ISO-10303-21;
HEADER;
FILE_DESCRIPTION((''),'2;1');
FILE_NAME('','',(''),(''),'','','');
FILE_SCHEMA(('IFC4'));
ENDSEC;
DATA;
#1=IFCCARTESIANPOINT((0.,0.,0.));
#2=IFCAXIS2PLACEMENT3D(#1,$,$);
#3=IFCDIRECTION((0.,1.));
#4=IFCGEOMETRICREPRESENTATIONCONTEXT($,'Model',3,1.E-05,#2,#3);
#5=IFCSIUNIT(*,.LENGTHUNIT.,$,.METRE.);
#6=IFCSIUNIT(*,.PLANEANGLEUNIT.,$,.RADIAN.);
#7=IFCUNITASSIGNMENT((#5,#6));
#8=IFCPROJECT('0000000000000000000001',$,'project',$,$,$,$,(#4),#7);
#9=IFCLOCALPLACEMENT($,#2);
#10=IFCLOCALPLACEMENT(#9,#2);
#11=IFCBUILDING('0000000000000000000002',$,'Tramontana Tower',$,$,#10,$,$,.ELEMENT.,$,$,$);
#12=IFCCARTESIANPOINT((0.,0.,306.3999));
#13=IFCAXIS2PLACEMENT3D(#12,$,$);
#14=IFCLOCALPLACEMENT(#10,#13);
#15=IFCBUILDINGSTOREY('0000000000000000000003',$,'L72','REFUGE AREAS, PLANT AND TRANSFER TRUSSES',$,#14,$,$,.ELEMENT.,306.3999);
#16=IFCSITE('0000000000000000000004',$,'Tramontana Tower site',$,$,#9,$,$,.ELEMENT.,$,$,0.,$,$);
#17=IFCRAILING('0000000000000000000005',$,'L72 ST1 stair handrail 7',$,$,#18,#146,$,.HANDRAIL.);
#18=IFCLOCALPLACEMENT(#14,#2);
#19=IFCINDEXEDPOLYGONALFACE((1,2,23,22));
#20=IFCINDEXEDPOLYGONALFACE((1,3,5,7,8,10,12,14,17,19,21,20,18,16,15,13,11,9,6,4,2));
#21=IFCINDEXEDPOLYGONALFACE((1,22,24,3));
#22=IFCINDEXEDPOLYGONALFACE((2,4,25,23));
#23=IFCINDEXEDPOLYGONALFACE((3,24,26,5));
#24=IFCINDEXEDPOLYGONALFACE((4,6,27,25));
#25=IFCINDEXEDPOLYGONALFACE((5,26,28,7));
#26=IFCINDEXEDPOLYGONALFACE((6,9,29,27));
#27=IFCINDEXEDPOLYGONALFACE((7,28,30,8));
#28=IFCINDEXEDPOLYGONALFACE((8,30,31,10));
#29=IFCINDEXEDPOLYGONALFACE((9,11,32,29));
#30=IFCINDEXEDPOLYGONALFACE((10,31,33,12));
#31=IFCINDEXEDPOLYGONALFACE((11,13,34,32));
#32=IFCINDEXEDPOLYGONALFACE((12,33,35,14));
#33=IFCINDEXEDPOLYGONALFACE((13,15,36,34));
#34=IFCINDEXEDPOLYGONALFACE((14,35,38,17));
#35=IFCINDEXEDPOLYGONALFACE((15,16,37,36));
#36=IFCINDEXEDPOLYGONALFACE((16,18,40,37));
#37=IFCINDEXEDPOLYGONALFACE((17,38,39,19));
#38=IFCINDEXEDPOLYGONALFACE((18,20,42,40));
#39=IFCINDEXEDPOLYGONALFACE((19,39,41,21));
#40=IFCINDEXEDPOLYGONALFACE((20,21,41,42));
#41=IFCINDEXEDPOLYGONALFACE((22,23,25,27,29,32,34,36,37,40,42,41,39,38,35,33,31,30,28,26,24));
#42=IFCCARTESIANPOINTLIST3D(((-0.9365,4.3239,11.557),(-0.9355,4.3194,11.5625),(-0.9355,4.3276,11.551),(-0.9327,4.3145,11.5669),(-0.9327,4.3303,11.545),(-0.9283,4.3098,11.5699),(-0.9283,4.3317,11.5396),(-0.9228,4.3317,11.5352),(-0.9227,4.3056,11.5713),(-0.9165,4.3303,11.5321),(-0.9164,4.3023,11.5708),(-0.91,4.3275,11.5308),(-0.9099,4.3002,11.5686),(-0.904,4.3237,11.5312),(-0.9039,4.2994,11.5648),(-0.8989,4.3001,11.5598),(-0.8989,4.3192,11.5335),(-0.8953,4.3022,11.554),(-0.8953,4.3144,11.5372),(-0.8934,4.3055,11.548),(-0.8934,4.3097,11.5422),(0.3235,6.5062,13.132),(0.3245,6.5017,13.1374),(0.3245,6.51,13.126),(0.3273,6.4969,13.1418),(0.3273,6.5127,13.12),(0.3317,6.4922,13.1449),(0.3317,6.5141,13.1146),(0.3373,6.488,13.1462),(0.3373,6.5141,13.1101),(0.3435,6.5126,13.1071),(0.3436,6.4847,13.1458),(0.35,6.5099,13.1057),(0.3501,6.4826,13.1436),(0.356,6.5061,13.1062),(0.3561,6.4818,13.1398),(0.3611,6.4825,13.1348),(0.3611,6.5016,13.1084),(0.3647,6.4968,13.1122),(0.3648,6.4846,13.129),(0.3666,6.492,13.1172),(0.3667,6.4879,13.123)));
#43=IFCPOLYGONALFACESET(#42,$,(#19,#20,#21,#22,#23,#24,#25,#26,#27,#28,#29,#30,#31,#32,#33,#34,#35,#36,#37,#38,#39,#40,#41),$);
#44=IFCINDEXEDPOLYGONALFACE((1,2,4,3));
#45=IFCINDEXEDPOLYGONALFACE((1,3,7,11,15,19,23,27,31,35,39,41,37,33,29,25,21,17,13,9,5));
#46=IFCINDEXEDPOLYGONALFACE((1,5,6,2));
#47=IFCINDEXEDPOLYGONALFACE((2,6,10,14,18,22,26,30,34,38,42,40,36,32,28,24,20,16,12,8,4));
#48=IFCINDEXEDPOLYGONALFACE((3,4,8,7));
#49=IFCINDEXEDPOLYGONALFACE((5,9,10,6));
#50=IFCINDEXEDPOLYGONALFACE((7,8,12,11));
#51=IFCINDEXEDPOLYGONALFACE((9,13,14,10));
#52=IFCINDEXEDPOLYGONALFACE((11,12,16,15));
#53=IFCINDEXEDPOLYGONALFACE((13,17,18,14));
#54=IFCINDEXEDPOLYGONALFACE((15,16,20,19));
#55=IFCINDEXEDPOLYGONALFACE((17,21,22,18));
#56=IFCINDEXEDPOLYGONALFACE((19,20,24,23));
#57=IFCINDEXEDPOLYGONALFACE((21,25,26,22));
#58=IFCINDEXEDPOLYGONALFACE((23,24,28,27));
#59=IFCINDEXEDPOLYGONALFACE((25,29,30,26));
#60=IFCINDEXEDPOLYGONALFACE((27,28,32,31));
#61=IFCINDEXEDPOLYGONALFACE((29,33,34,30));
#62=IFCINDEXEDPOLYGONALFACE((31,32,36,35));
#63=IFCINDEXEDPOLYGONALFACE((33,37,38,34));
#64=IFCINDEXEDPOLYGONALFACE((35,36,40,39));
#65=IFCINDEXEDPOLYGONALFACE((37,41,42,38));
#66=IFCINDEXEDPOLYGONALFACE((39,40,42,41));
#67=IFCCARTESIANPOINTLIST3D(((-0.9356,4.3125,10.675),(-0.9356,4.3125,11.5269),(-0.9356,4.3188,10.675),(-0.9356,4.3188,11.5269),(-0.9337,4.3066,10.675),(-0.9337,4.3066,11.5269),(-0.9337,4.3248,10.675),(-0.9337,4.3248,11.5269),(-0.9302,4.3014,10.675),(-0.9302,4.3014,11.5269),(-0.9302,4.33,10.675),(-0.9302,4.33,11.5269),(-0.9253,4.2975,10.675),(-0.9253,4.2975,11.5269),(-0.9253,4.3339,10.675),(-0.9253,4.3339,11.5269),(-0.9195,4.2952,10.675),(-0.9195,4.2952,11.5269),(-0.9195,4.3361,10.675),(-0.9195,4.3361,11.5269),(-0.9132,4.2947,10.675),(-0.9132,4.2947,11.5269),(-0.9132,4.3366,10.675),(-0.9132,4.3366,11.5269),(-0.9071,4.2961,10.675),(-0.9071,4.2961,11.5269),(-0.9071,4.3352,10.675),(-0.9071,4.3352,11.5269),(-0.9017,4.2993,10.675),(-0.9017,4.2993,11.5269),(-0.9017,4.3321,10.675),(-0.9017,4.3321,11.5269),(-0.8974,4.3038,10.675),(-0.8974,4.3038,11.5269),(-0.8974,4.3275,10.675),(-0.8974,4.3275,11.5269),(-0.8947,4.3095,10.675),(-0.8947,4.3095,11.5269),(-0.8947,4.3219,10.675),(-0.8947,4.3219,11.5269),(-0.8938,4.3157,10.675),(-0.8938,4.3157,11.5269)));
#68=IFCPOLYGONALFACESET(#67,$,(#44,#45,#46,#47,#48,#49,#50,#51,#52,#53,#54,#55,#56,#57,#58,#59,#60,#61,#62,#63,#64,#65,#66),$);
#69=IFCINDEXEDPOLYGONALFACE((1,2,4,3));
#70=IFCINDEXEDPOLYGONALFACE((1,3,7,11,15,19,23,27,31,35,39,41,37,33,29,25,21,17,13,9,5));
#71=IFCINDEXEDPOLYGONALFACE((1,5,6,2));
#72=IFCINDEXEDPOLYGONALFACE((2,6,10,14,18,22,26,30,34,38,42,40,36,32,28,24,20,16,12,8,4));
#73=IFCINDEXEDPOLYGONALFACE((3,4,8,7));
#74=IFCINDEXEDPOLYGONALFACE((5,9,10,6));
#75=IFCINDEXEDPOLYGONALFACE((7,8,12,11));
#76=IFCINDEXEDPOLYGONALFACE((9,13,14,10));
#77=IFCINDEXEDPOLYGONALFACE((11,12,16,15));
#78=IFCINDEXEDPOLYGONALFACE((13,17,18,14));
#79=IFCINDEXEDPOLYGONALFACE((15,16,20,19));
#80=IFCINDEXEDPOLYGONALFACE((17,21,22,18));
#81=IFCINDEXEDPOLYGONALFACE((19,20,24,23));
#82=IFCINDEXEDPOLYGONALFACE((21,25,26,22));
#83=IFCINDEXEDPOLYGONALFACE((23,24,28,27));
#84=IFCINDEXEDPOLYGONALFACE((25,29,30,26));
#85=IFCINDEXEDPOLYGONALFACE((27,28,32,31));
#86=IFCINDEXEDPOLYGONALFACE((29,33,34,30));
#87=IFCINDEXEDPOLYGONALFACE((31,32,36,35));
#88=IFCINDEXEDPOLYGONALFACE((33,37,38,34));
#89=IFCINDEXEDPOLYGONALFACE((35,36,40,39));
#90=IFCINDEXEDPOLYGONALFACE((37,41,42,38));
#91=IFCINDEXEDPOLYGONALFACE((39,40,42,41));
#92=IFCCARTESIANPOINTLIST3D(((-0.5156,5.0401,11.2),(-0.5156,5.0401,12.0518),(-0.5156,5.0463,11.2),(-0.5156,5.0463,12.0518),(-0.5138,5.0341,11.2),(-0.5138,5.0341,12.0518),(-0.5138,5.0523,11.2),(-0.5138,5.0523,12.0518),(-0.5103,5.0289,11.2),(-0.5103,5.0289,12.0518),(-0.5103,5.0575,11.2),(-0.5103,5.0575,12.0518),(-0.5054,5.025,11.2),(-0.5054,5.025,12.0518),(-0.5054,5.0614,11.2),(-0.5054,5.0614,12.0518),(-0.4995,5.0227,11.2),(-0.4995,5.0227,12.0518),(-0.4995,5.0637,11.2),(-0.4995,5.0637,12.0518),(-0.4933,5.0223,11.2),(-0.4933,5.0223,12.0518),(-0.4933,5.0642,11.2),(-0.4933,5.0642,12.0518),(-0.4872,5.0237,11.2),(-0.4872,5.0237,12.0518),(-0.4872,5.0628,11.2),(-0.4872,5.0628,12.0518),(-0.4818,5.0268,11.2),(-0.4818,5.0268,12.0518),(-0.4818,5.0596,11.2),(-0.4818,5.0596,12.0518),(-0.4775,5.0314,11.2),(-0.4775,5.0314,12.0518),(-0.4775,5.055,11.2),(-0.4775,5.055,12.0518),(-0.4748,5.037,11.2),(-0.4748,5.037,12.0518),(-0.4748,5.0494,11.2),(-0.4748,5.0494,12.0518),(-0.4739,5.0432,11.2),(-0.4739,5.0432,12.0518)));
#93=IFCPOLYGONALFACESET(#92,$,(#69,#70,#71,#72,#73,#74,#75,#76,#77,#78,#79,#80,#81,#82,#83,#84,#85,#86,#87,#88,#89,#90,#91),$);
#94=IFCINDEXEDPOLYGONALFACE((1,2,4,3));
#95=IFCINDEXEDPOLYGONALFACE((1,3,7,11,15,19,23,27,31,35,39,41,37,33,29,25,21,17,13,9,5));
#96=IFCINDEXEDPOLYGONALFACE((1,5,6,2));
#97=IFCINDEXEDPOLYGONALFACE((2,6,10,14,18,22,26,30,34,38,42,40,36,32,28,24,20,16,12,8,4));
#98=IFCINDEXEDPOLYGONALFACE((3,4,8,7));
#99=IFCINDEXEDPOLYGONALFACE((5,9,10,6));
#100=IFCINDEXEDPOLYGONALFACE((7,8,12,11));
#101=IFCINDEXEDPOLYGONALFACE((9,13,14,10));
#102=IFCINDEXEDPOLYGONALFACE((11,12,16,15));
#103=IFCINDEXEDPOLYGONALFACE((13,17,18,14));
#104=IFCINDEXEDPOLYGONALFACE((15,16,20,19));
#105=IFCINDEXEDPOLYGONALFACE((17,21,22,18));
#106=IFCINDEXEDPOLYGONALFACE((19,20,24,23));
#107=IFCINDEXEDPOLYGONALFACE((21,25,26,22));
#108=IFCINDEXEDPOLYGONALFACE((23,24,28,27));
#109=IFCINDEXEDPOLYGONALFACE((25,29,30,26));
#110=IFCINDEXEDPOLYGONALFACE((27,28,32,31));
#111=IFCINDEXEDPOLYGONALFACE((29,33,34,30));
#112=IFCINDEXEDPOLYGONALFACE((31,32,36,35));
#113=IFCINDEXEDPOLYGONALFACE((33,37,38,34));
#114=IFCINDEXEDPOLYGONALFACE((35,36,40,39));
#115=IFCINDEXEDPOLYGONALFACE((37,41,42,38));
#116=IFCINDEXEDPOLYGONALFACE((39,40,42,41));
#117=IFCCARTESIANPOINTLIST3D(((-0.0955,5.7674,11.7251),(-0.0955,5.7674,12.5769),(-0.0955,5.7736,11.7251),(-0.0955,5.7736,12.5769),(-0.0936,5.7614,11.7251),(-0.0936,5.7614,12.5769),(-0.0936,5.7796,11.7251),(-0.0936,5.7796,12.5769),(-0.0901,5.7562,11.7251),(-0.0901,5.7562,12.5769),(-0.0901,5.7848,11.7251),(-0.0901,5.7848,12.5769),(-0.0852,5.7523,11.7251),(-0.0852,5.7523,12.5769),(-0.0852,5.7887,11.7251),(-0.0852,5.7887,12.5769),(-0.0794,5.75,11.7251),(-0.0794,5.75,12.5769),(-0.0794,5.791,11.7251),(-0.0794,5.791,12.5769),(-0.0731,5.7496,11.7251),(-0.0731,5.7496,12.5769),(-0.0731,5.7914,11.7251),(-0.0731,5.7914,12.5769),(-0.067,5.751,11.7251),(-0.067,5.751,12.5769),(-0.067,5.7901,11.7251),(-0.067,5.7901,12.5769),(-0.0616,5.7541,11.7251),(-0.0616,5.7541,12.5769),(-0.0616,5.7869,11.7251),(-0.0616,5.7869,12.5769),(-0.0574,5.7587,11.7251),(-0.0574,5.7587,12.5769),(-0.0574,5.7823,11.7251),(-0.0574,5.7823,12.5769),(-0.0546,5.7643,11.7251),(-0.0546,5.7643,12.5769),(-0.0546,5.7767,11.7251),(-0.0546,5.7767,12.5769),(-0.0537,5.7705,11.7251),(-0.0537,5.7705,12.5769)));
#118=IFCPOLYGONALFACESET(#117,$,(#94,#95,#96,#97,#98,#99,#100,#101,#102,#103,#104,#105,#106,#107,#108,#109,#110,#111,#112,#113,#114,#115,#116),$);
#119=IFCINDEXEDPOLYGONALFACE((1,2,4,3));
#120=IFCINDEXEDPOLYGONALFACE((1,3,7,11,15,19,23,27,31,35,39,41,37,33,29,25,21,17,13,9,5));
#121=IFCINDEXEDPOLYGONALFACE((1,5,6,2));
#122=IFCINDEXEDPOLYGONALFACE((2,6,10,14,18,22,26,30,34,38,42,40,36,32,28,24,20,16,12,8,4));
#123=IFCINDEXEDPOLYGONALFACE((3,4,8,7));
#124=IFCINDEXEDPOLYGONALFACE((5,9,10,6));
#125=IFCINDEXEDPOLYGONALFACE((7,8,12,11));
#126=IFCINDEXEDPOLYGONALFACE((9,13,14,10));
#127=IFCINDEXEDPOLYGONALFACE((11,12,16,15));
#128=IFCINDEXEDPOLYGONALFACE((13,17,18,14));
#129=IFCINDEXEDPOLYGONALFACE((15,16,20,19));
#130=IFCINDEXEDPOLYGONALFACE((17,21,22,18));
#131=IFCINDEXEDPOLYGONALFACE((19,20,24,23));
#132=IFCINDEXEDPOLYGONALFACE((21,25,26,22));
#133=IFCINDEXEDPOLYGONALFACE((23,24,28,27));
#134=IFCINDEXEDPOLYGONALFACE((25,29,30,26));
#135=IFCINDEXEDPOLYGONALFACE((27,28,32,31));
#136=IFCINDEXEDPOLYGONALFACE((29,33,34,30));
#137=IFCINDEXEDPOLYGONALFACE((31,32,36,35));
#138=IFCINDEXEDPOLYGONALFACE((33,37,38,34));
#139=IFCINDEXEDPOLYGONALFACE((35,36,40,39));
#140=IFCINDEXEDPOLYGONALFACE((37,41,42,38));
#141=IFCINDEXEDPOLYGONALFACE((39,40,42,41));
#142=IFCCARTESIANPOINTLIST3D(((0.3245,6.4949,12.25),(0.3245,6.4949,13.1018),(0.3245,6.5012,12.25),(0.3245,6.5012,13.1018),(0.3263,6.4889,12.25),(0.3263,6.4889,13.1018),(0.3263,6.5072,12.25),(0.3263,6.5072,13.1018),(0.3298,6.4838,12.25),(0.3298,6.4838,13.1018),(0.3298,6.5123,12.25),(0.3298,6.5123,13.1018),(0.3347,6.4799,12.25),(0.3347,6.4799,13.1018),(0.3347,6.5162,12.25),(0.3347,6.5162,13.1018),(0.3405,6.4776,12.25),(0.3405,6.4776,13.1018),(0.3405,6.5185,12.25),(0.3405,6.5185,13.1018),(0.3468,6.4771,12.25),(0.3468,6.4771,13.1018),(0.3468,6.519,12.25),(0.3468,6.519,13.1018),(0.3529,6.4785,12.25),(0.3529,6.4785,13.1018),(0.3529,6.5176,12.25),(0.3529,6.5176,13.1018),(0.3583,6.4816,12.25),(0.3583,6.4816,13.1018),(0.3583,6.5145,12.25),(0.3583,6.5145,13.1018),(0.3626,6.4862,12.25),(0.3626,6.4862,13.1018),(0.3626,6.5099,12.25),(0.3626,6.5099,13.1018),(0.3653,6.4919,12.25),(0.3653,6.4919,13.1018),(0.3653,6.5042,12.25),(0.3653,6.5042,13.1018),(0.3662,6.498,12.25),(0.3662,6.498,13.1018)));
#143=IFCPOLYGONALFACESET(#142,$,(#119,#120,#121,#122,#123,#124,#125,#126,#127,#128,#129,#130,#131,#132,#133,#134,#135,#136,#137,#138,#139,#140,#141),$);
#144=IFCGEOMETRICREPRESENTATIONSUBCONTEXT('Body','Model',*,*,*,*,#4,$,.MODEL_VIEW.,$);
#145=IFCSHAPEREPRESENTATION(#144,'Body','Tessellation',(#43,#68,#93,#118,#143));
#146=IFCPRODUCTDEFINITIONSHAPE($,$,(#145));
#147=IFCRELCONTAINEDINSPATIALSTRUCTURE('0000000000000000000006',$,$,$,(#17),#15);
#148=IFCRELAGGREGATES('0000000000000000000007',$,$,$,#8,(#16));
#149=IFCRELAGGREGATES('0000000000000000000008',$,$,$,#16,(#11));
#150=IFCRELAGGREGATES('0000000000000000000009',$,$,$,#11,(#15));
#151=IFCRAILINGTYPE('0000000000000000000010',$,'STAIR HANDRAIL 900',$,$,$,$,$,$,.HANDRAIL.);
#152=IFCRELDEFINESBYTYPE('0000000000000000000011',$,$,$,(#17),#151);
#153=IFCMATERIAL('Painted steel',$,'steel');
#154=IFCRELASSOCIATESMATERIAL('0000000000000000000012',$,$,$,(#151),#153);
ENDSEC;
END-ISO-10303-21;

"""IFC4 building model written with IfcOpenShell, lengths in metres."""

from ifc_helpers import new_model, si_unit, direction, frame, origin, origin_2d, place, context, subcontext, project, spatial, circle, extrude, material, type_object, element, save


model = new_model("IFC4")

# Units and contexts
model_context = context("Model", 3, precision=1e-05, world=origin(), true_north=direction((0.0, 1.0)))
body_context = subcontext(model_context, "Body", "Model", "MODEL_VIEW")
ifc_project = project(units=[si_unit("LENGTHUNIT", "METRE"), si_unit("PLANEANGLEUNIT", "RADIAN")], contexts=[model_context])

# Site, building, storey
site_placement = place(None, origin())
site = spatial("IfcSite", under=ifc_project, at=site_placement, Name="Tramontana Tower site", CompositionType="ELEMENT", RefElevation=0.0)
building_placement = place(site_placement, origin())
building = spatial("IfcBuilding", under=site, at=building_placement, Name="Tramontana Tower", CompositionType="ELEMENT")
storey_placement = place(building_placement, frame((0.0, 0.0, 306.3999)))
storey = spatial("IfcBuildingStorey", under=building, at=storey_placement, Name="L72", Description="REFUGE AREAS, PLANT AND TRANSFER TRUSSES", CompositionType="ELEMENT", Elevation=306.3999)

# Railing
ifc_material_1 = material(Name="Painted steel", Category="steel")
railing_type_1 = type_object("IfcRailingType", Name="STAIR HANDRAIL 900", PredefinedType="HANDRAIL", material=ifc_material_1)
railing_1_placement = place(storey_placement, frame((-0.9148, 4.3157, 10.675)))
element("IfcRailing", 1, at=railing_1_placement, inside=storey, type_object=railing_type_1, Name="L72 ST1 stair handrail 7", PredefinedType="HANDRAIL", context=body_context, shape_type="SweptSolid", body=[
    extrude(circle(Radius=0.0239, at=origin_2d()), frame((0.0, 0.0, 0.876), z_axis=(0.424007, 0.734392, 0.529988), x_axis=(-0.866023, 0.500005, 0.0)), (0.0, 0.0, 1.0), 2.9717),
    extrude(circle(Radius=0.021, at=origin_2d()), origin(), (0.0, 0.0, 1.0), 0.8518),
    extrude(circle(Radius=0.021, at=origin_2d()), frame((0.4199, 0.7275, 0.5249)), (0.0, 0.0, 1.0), 0.8518),
    extrude(circle(Radius=0.021, at=origin_2d()), frame((0.8401, 1.4548, 1.05)), (0.0, 0.0, 1.0), 0.8518),
    extrude(circle(Radius=0.021, at=origin_2d()), frame((1.26, 2.1824, 1.575)), (0.0, 0.0, 1.0), 0.8518),
])

save(model, "model.ifc")
